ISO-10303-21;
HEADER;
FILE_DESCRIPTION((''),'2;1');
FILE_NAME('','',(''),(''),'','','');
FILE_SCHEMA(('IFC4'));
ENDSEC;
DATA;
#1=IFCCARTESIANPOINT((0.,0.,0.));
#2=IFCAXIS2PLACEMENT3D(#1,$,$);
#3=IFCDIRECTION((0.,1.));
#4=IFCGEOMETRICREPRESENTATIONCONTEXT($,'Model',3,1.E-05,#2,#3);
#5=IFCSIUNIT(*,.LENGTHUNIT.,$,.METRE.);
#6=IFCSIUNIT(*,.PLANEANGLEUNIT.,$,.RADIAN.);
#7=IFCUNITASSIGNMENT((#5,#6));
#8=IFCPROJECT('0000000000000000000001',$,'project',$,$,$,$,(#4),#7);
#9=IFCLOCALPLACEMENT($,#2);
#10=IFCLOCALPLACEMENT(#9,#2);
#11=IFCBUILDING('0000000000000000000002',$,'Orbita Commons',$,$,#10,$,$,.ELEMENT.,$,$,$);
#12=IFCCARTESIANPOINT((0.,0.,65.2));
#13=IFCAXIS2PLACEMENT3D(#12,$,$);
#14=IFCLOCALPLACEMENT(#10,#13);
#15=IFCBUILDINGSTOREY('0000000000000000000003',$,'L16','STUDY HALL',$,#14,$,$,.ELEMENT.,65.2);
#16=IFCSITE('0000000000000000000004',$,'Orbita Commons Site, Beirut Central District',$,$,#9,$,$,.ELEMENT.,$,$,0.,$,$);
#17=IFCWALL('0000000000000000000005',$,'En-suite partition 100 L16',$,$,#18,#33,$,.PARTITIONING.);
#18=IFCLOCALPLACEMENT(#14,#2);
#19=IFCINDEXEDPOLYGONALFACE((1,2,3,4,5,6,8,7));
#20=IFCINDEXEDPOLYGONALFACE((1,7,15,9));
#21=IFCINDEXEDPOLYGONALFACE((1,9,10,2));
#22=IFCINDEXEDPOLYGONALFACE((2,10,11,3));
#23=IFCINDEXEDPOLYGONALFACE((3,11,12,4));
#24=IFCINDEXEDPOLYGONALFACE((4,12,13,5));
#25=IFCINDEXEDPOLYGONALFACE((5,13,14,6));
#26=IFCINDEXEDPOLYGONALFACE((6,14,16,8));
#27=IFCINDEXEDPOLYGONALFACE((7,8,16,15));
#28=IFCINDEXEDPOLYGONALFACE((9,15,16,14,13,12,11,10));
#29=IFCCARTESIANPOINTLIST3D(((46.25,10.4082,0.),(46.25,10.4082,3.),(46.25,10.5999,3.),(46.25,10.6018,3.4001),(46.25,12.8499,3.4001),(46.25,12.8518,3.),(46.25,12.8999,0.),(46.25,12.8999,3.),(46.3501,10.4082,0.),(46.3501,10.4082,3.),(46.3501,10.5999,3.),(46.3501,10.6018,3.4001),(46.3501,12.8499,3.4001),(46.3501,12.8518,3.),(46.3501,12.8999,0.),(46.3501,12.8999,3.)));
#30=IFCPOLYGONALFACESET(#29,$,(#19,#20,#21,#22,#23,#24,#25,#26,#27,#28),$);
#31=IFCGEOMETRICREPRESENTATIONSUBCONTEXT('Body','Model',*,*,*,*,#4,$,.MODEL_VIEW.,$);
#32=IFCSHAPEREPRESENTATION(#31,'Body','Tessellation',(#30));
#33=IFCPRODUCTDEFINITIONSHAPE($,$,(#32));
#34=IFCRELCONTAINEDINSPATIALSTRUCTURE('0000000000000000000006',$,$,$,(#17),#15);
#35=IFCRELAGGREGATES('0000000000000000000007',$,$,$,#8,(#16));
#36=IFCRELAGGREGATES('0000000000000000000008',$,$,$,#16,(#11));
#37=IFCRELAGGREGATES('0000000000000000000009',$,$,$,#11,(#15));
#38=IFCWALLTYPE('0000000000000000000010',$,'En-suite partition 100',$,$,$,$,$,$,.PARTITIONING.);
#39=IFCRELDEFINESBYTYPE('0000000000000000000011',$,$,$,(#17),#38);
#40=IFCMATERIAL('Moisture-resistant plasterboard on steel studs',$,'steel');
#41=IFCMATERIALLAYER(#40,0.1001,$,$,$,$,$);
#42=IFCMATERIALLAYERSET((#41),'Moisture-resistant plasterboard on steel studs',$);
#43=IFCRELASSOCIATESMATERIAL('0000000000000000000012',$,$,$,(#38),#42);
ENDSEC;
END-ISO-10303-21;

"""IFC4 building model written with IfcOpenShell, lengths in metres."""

from ifc_helpers import new_model, si_unit, direction, frame, origin, place, context, subcontext, project, spatial, polyline, outline, extrude, material, layer, layer_set, type_object, element, save


model = new_model("IFC4")

# Units and contexts
model_context = context("Model", 3, precision=1e-05, world=origin(), true_north=direction((0.0, 1.0)))
body_context = subcontext(model_context, "Body", "Model", "MODEL_VIEW")
ifc_project = project(units=[si_unit("LENGTHUNIT", "METRE"), si_unit("PLANEANGLEUNIT", "RADIAN")], contexts=[model_context])

# Site, building, storey
site_placement = place(None, origin())
site = spatial("IfcSite", under=ifc_project, at=site_placement, Name="Orbita Commons Site, Beirut Central District", CompositionType="ELEMENT", RefElevation=0.0)
building_placement = place(site_placement, origin())
building = spatial("IfcBuilding", under=site, at=building_placement, Name="Orbita Commons", CompositionType="ELEMENT")
storey_placement = place(building_placement, frame((0.0, 0.0, 65.2)))
storey = spatial("IfcBuildingStorey", under=building, at=storey_placement, Name="L16", Description="STUDY HALL", CompositionType="ELEMENT", Elevation=65.2)

# Shared definitions
ifc_material_1 = material(Name="Moisture-resistant plasterboard on steel studs", Category="steel")
ifc_layer_1 = layer(ifc_material_1, 0.1001)
ifc_layer_set_1 = layer_set([ifc_layer_1], Name="Moisture-resistant plasterboard on steel studs")
wall_type_1 = type_object("IfcWallType", Name="En-suite partition 100", PredefinedType="PARTITIONING", material=ifc_layer_set_1)

# Wall
wall_1_placement = place(storey_placement, frame((46.3, 10.4082, 0.0), z_axis=(0.0, 0.0, 1.0), x_axis=(0.0, 1.0, 0.0)))
element("IfcWall", 1, at=wall_1_placement, inside=storey, type_object=wall_type_1, Name="En-suite partition 100 L16", PredefinedType="PARTITIONING", context=body_context, shape_type="SweptSolid", body=[
    extrude(outline(polyline([(0.0, 0.0), (2.4917, 0.0), (2.4917, 3.0), (2.4436, 3.0), (2.4417, 3.4001), (0.1936, 3.4001), (0.1917, 3.0), (0.0, 3.0), (0.0, 0.0)])), frame((0.0, 0.05, 0.0), z_axis=(0.0, -1.0, 0.0), x_axis=(1.0, 0.0, 0.0)), (0.0, 0.0, 1.0), 0.1001),
])

save(model, "model.ifc")
